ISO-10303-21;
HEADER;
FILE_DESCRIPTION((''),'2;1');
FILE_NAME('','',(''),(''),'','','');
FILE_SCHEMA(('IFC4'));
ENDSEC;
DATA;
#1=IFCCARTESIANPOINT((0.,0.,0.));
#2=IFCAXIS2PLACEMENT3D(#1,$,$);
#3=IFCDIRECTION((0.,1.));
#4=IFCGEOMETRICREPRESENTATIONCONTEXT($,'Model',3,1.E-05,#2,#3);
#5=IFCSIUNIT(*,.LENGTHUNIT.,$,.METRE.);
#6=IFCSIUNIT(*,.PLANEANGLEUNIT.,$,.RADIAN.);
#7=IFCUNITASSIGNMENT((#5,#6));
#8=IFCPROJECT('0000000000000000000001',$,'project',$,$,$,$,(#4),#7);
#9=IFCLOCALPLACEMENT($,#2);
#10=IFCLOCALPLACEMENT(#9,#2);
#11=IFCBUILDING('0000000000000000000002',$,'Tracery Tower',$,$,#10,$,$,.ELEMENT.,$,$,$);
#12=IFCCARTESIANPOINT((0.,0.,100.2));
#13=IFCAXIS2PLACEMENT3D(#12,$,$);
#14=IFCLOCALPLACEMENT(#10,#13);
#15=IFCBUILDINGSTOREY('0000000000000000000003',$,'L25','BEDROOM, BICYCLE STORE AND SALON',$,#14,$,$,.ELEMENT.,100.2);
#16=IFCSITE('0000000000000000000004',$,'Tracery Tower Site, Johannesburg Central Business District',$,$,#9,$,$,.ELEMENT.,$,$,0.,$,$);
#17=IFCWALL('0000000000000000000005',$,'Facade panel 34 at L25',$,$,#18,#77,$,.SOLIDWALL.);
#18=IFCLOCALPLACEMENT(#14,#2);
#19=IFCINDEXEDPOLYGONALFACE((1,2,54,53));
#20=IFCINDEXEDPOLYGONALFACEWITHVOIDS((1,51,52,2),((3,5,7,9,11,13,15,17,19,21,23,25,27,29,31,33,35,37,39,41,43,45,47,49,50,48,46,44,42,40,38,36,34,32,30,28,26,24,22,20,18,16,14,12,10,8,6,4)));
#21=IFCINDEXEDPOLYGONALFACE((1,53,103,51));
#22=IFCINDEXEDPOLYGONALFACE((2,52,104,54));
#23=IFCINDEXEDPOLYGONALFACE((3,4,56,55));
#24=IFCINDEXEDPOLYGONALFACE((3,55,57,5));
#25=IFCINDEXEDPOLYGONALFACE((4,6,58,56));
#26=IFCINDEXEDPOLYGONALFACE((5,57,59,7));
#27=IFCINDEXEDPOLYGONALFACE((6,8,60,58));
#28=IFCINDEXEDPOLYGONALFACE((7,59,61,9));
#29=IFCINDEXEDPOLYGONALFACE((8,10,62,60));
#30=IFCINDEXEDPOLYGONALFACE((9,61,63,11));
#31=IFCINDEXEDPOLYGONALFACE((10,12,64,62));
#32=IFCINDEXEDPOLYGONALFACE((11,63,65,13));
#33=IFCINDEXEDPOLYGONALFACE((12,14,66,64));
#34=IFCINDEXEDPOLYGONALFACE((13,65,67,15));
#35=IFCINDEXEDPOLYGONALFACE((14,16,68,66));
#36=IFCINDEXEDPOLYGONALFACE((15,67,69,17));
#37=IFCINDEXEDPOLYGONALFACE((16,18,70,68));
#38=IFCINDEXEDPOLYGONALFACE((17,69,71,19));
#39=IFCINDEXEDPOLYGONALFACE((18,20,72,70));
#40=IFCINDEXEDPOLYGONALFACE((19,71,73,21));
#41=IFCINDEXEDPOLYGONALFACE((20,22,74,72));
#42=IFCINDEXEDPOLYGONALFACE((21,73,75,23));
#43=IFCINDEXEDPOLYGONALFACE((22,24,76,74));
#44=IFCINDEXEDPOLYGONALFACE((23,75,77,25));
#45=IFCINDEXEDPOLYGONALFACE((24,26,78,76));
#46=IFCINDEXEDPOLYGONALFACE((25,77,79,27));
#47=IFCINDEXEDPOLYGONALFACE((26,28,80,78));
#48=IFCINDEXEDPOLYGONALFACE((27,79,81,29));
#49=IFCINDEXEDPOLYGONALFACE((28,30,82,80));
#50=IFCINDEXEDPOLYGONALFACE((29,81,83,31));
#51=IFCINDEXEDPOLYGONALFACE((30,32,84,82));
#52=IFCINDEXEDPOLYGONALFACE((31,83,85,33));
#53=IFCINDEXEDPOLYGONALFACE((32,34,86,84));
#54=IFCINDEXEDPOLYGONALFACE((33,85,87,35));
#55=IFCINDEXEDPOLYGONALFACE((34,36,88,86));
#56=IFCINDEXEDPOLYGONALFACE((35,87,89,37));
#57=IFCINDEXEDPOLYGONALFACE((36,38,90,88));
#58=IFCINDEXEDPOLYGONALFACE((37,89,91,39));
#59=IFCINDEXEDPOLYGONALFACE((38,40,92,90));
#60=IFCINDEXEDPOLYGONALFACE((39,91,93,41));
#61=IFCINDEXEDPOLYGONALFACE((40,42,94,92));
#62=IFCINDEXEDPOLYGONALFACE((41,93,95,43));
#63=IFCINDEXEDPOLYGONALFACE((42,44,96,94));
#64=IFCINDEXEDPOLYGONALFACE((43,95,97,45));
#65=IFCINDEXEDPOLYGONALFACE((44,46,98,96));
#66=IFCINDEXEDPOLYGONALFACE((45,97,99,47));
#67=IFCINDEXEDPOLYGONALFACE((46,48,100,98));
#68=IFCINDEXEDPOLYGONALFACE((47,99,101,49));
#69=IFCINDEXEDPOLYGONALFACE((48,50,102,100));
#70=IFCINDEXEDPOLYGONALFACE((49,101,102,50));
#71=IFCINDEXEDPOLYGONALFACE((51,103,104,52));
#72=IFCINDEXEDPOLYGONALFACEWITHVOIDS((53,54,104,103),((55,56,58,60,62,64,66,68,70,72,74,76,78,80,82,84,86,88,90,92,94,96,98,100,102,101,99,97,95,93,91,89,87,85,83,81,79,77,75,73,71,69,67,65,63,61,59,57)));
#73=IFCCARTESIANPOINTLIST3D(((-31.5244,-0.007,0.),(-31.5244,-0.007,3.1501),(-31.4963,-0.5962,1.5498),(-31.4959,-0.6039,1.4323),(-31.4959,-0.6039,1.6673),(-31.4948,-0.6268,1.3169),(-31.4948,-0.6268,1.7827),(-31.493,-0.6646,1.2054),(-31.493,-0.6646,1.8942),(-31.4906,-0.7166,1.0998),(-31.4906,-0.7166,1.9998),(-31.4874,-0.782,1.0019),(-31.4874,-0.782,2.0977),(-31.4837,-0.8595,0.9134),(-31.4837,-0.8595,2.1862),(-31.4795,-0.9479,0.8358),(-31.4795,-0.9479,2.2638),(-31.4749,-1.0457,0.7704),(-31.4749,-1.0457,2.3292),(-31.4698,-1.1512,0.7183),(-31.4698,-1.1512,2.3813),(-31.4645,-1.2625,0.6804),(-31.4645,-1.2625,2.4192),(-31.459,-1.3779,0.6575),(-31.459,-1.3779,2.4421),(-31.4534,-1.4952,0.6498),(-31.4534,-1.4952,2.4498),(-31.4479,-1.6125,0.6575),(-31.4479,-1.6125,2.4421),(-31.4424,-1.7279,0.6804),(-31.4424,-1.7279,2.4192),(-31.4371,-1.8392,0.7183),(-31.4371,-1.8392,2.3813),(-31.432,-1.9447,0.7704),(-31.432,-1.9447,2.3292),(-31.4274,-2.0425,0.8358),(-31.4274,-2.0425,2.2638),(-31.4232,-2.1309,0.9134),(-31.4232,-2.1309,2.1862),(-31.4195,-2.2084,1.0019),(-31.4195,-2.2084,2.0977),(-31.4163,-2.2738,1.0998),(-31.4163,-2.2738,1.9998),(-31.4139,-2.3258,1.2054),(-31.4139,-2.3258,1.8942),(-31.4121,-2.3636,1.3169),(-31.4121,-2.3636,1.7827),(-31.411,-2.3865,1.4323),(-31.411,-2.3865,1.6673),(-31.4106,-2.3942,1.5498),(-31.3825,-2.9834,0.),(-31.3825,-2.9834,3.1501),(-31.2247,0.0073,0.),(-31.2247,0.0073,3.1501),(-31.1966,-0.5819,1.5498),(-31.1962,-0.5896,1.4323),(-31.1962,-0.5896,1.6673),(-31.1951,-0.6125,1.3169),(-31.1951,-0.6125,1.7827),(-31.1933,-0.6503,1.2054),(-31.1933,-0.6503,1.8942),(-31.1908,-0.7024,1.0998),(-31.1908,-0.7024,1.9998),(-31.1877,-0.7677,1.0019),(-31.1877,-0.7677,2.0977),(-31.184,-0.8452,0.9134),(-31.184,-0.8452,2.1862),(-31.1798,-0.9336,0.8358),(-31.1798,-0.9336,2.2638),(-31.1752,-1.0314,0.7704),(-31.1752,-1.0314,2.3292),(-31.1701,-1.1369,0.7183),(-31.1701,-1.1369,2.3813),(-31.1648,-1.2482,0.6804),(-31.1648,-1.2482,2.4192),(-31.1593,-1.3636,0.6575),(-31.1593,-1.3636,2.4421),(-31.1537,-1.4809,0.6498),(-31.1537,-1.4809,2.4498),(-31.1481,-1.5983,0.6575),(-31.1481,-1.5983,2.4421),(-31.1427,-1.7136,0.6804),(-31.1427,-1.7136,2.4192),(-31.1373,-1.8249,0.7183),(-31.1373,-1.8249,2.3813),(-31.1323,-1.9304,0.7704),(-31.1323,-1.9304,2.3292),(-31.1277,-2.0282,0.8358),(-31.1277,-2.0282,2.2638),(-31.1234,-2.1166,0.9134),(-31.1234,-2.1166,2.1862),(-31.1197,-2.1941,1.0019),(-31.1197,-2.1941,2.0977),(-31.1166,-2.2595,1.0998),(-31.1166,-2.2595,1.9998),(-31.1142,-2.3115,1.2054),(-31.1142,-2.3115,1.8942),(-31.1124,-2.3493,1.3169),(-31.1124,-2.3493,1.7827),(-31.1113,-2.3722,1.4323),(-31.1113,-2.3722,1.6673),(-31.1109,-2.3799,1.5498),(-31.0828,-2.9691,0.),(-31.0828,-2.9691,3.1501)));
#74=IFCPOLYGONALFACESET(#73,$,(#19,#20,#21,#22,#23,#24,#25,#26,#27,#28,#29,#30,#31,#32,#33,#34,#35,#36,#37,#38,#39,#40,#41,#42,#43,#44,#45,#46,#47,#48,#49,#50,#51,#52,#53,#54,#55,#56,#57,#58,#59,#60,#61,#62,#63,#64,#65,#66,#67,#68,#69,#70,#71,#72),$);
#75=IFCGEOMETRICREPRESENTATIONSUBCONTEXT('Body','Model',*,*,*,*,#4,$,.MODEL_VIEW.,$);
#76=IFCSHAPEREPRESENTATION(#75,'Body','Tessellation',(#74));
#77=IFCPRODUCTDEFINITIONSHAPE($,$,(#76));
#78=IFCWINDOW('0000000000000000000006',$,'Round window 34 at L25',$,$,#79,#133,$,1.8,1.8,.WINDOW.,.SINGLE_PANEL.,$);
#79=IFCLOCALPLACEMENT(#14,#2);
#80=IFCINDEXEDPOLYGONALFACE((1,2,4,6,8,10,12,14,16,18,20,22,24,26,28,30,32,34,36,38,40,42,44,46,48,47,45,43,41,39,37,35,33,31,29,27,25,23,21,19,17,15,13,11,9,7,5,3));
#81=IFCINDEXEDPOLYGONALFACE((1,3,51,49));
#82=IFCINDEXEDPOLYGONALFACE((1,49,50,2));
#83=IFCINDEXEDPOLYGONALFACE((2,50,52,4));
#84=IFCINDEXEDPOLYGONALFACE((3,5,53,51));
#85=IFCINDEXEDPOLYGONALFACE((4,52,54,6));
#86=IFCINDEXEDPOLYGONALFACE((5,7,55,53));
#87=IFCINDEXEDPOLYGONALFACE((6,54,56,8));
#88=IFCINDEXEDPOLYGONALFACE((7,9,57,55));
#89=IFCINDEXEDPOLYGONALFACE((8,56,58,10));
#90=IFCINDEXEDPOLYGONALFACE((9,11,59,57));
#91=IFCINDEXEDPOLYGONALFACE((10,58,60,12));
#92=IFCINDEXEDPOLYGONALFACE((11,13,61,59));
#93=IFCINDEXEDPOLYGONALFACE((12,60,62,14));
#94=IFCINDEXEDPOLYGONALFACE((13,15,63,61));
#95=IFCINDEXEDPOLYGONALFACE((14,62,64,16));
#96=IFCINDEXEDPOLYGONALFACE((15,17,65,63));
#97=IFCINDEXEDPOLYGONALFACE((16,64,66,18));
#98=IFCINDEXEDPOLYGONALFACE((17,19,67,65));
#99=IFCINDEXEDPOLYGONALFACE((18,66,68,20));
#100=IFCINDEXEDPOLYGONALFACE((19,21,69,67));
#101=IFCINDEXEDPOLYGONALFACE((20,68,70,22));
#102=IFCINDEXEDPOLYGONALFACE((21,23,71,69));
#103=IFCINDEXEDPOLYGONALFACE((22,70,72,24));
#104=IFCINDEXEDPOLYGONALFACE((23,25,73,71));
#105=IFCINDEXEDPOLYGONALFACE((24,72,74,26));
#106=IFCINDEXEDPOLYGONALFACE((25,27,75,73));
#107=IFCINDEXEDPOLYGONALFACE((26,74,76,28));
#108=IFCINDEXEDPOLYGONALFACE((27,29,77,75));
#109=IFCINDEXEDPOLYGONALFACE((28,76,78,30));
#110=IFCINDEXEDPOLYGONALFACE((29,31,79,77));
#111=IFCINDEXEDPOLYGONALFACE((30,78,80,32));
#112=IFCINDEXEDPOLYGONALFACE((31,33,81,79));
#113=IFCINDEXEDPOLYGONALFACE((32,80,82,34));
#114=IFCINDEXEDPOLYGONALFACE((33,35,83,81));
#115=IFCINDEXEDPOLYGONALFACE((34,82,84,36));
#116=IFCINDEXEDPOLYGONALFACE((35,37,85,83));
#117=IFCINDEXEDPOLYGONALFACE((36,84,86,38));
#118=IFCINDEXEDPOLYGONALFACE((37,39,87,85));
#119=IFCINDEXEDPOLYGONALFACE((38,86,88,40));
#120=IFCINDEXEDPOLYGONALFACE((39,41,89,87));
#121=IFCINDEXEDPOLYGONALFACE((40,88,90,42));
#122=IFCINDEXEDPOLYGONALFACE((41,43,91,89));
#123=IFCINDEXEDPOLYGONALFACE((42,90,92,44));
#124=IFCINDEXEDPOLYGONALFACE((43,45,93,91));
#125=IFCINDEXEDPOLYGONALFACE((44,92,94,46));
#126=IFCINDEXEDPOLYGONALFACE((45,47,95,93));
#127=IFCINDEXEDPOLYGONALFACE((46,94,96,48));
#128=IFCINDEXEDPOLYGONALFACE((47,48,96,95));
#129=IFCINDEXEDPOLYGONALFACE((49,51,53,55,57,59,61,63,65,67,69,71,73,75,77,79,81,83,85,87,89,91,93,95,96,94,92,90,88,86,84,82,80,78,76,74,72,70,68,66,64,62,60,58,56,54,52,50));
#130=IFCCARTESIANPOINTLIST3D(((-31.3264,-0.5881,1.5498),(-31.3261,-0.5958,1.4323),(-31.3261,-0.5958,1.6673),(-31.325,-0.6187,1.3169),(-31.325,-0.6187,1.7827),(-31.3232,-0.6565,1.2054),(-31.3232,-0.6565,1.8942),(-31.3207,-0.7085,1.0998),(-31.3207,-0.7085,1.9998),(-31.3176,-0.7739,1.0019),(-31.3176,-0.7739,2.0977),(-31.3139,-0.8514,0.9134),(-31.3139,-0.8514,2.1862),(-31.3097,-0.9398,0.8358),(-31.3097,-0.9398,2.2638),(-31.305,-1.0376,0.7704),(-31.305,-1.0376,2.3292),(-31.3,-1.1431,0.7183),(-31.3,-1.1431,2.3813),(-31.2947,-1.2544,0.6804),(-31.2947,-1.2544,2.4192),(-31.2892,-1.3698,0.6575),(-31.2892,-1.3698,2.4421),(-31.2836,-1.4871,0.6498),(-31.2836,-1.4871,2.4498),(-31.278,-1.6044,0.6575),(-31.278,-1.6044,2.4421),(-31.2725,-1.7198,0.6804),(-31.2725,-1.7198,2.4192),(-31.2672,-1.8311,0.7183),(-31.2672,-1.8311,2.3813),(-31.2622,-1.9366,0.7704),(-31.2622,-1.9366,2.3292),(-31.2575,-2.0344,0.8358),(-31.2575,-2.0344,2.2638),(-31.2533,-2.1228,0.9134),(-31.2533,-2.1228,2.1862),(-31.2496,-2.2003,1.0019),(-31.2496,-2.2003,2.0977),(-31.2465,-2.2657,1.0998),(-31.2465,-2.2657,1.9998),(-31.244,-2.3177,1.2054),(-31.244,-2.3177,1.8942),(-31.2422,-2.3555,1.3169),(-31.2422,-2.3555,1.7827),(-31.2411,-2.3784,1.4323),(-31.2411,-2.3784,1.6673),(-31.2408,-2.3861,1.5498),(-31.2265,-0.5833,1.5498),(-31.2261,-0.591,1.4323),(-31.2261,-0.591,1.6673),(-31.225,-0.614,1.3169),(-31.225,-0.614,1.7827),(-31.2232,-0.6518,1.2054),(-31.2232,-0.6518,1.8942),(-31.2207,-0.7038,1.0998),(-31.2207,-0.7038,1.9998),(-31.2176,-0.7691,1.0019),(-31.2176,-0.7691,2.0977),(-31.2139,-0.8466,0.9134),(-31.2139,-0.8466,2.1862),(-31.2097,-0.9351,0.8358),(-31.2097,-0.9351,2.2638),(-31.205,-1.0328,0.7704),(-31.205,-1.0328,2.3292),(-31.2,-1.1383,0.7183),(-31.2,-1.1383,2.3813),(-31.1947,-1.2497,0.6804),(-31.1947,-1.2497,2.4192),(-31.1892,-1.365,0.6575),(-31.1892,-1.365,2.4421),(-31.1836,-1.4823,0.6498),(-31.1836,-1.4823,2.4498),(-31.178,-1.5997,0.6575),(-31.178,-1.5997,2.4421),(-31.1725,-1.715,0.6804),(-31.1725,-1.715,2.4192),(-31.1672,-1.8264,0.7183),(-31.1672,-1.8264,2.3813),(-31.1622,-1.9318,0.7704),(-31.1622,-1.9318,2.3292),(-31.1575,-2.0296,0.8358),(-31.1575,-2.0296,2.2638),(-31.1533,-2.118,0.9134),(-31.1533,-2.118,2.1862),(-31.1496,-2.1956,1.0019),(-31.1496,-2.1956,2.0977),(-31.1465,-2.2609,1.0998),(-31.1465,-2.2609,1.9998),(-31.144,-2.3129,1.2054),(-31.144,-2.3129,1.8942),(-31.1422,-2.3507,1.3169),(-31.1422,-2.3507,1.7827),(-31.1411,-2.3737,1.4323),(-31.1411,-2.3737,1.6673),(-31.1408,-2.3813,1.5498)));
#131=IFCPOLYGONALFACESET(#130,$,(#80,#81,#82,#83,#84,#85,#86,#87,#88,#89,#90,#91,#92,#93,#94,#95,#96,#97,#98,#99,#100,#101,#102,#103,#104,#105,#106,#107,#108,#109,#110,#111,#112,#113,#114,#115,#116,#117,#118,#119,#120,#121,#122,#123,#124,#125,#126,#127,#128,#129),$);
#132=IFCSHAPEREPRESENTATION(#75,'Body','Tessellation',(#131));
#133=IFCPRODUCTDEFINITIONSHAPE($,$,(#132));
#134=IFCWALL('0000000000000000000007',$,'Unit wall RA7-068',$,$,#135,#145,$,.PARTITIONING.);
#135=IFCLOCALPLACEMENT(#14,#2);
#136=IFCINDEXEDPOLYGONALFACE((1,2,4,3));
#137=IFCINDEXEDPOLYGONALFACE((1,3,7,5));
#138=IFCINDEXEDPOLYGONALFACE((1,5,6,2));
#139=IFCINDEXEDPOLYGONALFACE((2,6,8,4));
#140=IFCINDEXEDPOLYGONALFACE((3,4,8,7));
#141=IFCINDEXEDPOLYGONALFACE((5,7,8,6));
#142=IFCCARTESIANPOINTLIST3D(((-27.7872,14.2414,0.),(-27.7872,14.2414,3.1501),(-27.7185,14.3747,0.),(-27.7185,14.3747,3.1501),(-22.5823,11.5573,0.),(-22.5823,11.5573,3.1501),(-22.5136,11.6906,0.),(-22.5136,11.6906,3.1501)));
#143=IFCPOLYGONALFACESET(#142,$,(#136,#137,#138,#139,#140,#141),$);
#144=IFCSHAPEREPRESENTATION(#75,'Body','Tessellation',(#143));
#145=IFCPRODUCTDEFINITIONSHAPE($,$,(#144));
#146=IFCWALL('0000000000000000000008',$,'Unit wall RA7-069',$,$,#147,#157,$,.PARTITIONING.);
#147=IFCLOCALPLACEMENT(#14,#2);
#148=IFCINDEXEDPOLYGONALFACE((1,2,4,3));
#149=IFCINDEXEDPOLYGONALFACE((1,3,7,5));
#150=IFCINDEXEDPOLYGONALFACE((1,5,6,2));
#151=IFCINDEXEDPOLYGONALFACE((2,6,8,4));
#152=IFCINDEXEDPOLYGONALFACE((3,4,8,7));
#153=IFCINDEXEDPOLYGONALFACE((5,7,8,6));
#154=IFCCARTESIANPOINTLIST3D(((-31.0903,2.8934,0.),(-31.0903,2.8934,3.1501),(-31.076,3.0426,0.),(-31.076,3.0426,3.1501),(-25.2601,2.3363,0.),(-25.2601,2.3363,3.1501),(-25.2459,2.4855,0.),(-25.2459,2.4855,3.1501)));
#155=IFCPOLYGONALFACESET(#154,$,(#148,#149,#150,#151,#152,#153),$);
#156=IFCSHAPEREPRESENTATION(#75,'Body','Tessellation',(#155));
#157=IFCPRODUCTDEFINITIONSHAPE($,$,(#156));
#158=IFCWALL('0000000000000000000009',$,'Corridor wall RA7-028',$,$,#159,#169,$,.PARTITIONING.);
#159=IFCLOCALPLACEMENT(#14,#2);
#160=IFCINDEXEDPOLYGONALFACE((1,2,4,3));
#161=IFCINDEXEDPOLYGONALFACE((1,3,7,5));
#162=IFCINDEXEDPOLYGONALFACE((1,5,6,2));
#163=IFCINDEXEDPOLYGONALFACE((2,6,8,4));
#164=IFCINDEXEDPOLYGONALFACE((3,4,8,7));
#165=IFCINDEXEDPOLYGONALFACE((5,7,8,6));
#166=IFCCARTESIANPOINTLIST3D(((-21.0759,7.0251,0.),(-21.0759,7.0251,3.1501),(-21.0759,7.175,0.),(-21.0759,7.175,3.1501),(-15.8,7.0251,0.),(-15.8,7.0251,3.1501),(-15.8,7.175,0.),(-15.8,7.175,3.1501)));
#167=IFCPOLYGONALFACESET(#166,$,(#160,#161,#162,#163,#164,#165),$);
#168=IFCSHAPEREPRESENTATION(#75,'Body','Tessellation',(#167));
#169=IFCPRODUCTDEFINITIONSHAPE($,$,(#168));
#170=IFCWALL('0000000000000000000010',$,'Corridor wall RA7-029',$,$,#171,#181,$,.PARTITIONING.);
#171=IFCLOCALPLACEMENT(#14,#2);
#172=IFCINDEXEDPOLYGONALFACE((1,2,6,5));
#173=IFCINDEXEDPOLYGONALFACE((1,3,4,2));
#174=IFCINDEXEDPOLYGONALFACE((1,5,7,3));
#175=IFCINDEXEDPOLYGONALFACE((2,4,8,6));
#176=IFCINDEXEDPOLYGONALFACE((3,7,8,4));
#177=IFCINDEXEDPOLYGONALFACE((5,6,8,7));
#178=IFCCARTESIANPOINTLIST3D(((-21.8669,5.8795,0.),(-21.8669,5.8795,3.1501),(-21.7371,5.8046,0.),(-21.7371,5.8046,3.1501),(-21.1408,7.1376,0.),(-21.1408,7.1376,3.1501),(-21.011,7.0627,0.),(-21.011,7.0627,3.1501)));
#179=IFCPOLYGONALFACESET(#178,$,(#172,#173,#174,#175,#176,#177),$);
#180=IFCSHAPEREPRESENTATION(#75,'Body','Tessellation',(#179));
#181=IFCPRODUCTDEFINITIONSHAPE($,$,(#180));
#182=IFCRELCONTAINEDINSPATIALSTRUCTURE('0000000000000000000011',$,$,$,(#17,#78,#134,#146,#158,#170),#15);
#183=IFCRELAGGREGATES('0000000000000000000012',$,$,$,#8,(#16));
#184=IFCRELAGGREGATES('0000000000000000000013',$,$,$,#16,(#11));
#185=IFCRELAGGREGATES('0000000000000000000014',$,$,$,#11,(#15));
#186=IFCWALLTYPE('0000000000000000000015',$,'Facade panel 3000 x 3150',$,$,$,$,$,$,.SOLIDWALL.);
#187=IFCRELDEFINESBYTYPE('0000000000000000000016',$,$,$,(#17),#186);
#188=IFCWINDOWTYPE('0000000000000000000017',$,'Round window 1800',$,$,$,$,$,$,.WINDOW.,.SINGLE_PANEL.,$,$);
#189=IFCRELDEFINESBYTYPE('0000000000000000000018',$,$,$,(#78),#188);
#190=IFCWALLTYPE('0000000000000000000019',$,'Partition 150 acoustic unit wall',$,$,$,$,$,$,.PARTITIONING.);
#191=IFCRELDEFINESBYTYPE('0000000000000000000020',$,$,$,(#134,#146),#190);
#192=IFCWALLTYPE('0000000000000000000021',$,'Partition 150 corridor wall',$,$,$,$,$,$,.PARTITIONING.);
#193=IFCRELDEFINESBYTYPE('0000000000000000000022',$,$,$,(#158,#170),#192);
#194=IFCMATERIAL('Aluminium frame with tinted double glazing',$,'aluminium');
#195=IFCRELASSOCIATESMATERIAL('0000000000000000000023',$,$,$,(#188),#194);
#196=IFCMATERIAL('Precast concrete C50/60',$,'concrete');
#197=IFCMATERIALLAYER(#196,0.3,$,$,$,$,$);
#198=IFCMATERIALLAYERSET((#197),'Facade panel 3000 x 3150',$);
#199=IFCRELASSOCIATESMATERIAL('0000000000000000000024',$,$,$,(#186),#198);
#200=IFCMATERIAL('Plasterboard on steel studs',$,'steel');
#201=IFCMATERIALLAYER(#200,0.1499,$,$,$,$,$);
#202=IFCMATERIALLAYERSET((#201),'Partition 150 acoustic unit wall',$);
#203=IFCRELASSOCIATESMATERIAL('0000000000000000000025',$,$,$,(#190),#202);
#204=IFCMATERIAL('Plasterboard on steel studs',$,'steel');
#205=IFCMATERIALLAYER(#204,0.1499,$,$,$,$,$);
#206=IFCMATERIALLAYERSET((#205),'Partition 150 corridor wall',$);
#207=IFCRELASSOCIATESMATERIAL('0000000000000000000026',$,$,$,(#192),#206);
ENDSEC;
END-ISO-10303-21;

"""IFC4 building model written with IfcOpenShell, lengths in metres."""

from ifc_helpers import new_model, si_unit, direction, frame, frame_2d, origin, origin_2d, place, context, subcontext, project, spatial, rectangle, circle, extrude, material, layer, layer_set, type_object, element, fill, save


model = new_model("IFC4")

# Units and contexts
model_context = context("Model", 3, precision=1e-05, world=origin(), true_north=direction((0.0, 1.0)))
body_context = subcontext(model_context, "Body", "Model", "MODEL_VIEW")
ifc_project = project(units=[si_unit("LENGTHUNIT", "METRE"), si_unit("PLANEANGLEUNIT", "RADIAN")], contexts=[model_context])

# Site, building, storey
site_placement = place(None, origin())
site = spatial("IfcSite", under=ifc_project, at=site_placement, Name="Tracery Tower Site, Johannesburg Central Business District", CompositionType="ELEMENT", RefElevation=0.0)
building_placement = place(site_placement, origin())
building = spatial("IfcBuilding", under=site, at=building_placement, Name="Tracery Tower", CompositionType="ELEMENT")
storey_placement = place(building_placement, frame((0.0, 0.0, 100.2)))
storey = spatial("IfcBuildingStorey", under=building, at=storey_placement, Name="L25", Description="BEDROOM, BICYCLE STORE AND SALON", CompositionType="ELEMENT", Elevation=100.2)

# Wall, opening, window
ifc_material_1 = material(Name="Aluminium frame with tinted double glazing", Category="aluminium")
window_type = type_object("IfcWindowType", Name="Round window 1800", PartitioningType="SINGLE_PANEL", PredefinedType="WINDOW", material=ifc_material_1)
ifc_material_2 = material(Name="Precast concrete C50/60", Category="concrete")
ifc_layer_1 = layer(ifc_material_2, 0.3)
ifc_layer_set_1 = layer_set([ifc_layer_1], Name="Facade panel 3000 x 3150")
wall_type_1 = type_object("IfcWallType", Name="Facade panel 3000 x 3150", PredefinedType="SOLIDWALL", material=ifc_layer_set_1)
wall_1_placement = place(storey_placement, frame((-31.3745, 0.0, 0.0), z_axis=(0.0, 0.0, 1.0), x_axis=(0.047604, -0.998866, 0.0)))
wall_1 = element("IfcWall", 1, at=wall_1_placement, inside=storey, type_object=wall_type_1, Name="Facade panel 34 at L25", PredefinedType="SOLIDWALL", context=body_context, shape_type="SweptSolid", body=[
    extrude(rectangle(XDim=2.9797, YDim=0.3, at=frame_2d((1.4897, 0.0))), origin(), (0.0, 0.0, 1.0), 3.1501),
])
opening_1_placement = place(wall_1_placement, frame((1.4897, 0.0, 1.5498)))
opening_1 = element("IfcOpeningElement", 2, at=opening_1_placement, cuts=wall_1, PredefinedType="OPENING", context=body_context, shape_type="SweptSolid", body=[
    extrude(circle(Radius=0.9, at=origin_2d()), frame((0.0, 0.1599, 0.0), z_axis=(0.0, -1.0, 0.0), x_axis=(1.0, 0.0, 0.0)), (0.0, 0.0, 1.0), 0.3201),
])
window_1_placement = place(opening_1_placement, origin())
window_1 = element("IfcWindow", 3, at=window_1_placement, inside=storey, type_object=window_type, Name="Round window 34 at L25", OverallHeight=1.8, OverallWidth=1.8, PartitioningType="SINGLE_PANEL", PredefinedType="WINDOW", context=body_context, shape_type="SweptSolid", body=[
    extrude(circle(Radius=0.9, at=origin_2d()), frame((0.0, 0.1201, 0.0), z_axis=(0.0, -1.0, 0.0), x_axis=(1.0, 0.0, 0.0)), (0.0, 0.0, 1.0), 0.1001),
])
fill(opening_1, window_1)

# Walls
ifc_material_3 = material(Name="Plasterboard on steel studs", Category="steel")
ifc_layer_2 = layer(ifc_material_3, 0.1499)
ifc_layer_set_2 = layer_set([ifc_layer_2], Name="Partition 150 acoustic unit wall")
wall_type_2 = type_object("IfcWallType", Name="Partition 150 acoustic unit wall", PredefinedType="PARTITIONING", material=ifc_layer_set_2)
wall_2_placement = place(storey_placement, frame((-27.7529, 14.3081, 0.0), z_axis=(0.0, 0.0, 1.0), x_axis=(0.88878, -0.458335, 0.0)))
element("IfcWall", 4, at=wall_2_placement, inside=storey, type_object=wall_type_2, Name="Unit wall RA7-068", PredefinedType="PARTITIONING", context=body_context, shape_type="SweptSolid", body=[
    extrude(rectangle(XDim=5.8562, YDim=0.1499, at=frame_2d((2.9282, 0.0))), origin(), (0.0, 0.0, 1.0), 3.1501),
])
wall_3_placement = place(storey_placement, frame((-31.083, 2.968, 0.0), z_axis=(0.0, 0.0, 1.0), x_axis=(0.995465, -0.095128, 0.0)))
element("IfcWall", 5, at=wall_3_placement, inside=storey, type_object=wall_type_2, Name="Unit wall RA7-069", PredefinedType="PARTITIONING", context=body_context, shape_type="SweptSolid", body=[
    extrude(rectangle(XDim=5.8567, YDim=0.1499, at=frame_2d((2.9282, 0.0))), origin(), (0.0, 0.0, 1.0), 3.1501),
])
ifc_material_4 = material(Name="Plasterboard on steel studs", Category="steel")
ifc_layer_3 = layer(ifc_material_4, 0.1499)
ifc_layer_set_3 = layer_set([ifc_layer_3], Name="Partition 150 corridor wall")
wall_type_3 = type_object("IfcWallType", Name="Partition 150 corridor wall", PredefinedType="PARTITIONING", material=ifc_layer_set_3)
wall_4_placement = place(storey_placement, frame((-21.0759, 7.1001, 0.0), z_axis=(0.0, 0.0, 1.0), x_axis=(1.0, 0.0, 0.0)))
element("IfcWall", 6, at=wall_4_placement, inside=storey, type_object=wall_type_3, Name="Corridor wall RA7-028", PredefinedType="PARTITIONING", context=body_context, shape_type="SweptSolid", body=[
    extrude(rectangle(XDim=5.2759, YDim=0.1499, at=frame_2d((2.6379, 0.0))), origin(), (0.0, 0.0, 1.0), 3.1501),
])
wall_5_placement = place(storey_placement, frame((-21.802, 5.842, 0.0), z_axis=(0.0, 0.0, 1.0), x_axis=(0.499863, 0.866104, 0.0)))
element("IfcWall", 7, at=wall_5_placement, inside=storey, type_object=wall_type_3, Name="Corridor wall RA7-029", PredefinedType="PARTITIONING", context=body_context, shape_type="SweptSolid", body=[
    extrude(rectangle(XDim=1.4526, YDim=0.1499, at=frame_2d((0.7263, 0.0))), origin(), (0.0, 0.0, 1.0), 3.1501),
])

save(model, "model.ifc")
